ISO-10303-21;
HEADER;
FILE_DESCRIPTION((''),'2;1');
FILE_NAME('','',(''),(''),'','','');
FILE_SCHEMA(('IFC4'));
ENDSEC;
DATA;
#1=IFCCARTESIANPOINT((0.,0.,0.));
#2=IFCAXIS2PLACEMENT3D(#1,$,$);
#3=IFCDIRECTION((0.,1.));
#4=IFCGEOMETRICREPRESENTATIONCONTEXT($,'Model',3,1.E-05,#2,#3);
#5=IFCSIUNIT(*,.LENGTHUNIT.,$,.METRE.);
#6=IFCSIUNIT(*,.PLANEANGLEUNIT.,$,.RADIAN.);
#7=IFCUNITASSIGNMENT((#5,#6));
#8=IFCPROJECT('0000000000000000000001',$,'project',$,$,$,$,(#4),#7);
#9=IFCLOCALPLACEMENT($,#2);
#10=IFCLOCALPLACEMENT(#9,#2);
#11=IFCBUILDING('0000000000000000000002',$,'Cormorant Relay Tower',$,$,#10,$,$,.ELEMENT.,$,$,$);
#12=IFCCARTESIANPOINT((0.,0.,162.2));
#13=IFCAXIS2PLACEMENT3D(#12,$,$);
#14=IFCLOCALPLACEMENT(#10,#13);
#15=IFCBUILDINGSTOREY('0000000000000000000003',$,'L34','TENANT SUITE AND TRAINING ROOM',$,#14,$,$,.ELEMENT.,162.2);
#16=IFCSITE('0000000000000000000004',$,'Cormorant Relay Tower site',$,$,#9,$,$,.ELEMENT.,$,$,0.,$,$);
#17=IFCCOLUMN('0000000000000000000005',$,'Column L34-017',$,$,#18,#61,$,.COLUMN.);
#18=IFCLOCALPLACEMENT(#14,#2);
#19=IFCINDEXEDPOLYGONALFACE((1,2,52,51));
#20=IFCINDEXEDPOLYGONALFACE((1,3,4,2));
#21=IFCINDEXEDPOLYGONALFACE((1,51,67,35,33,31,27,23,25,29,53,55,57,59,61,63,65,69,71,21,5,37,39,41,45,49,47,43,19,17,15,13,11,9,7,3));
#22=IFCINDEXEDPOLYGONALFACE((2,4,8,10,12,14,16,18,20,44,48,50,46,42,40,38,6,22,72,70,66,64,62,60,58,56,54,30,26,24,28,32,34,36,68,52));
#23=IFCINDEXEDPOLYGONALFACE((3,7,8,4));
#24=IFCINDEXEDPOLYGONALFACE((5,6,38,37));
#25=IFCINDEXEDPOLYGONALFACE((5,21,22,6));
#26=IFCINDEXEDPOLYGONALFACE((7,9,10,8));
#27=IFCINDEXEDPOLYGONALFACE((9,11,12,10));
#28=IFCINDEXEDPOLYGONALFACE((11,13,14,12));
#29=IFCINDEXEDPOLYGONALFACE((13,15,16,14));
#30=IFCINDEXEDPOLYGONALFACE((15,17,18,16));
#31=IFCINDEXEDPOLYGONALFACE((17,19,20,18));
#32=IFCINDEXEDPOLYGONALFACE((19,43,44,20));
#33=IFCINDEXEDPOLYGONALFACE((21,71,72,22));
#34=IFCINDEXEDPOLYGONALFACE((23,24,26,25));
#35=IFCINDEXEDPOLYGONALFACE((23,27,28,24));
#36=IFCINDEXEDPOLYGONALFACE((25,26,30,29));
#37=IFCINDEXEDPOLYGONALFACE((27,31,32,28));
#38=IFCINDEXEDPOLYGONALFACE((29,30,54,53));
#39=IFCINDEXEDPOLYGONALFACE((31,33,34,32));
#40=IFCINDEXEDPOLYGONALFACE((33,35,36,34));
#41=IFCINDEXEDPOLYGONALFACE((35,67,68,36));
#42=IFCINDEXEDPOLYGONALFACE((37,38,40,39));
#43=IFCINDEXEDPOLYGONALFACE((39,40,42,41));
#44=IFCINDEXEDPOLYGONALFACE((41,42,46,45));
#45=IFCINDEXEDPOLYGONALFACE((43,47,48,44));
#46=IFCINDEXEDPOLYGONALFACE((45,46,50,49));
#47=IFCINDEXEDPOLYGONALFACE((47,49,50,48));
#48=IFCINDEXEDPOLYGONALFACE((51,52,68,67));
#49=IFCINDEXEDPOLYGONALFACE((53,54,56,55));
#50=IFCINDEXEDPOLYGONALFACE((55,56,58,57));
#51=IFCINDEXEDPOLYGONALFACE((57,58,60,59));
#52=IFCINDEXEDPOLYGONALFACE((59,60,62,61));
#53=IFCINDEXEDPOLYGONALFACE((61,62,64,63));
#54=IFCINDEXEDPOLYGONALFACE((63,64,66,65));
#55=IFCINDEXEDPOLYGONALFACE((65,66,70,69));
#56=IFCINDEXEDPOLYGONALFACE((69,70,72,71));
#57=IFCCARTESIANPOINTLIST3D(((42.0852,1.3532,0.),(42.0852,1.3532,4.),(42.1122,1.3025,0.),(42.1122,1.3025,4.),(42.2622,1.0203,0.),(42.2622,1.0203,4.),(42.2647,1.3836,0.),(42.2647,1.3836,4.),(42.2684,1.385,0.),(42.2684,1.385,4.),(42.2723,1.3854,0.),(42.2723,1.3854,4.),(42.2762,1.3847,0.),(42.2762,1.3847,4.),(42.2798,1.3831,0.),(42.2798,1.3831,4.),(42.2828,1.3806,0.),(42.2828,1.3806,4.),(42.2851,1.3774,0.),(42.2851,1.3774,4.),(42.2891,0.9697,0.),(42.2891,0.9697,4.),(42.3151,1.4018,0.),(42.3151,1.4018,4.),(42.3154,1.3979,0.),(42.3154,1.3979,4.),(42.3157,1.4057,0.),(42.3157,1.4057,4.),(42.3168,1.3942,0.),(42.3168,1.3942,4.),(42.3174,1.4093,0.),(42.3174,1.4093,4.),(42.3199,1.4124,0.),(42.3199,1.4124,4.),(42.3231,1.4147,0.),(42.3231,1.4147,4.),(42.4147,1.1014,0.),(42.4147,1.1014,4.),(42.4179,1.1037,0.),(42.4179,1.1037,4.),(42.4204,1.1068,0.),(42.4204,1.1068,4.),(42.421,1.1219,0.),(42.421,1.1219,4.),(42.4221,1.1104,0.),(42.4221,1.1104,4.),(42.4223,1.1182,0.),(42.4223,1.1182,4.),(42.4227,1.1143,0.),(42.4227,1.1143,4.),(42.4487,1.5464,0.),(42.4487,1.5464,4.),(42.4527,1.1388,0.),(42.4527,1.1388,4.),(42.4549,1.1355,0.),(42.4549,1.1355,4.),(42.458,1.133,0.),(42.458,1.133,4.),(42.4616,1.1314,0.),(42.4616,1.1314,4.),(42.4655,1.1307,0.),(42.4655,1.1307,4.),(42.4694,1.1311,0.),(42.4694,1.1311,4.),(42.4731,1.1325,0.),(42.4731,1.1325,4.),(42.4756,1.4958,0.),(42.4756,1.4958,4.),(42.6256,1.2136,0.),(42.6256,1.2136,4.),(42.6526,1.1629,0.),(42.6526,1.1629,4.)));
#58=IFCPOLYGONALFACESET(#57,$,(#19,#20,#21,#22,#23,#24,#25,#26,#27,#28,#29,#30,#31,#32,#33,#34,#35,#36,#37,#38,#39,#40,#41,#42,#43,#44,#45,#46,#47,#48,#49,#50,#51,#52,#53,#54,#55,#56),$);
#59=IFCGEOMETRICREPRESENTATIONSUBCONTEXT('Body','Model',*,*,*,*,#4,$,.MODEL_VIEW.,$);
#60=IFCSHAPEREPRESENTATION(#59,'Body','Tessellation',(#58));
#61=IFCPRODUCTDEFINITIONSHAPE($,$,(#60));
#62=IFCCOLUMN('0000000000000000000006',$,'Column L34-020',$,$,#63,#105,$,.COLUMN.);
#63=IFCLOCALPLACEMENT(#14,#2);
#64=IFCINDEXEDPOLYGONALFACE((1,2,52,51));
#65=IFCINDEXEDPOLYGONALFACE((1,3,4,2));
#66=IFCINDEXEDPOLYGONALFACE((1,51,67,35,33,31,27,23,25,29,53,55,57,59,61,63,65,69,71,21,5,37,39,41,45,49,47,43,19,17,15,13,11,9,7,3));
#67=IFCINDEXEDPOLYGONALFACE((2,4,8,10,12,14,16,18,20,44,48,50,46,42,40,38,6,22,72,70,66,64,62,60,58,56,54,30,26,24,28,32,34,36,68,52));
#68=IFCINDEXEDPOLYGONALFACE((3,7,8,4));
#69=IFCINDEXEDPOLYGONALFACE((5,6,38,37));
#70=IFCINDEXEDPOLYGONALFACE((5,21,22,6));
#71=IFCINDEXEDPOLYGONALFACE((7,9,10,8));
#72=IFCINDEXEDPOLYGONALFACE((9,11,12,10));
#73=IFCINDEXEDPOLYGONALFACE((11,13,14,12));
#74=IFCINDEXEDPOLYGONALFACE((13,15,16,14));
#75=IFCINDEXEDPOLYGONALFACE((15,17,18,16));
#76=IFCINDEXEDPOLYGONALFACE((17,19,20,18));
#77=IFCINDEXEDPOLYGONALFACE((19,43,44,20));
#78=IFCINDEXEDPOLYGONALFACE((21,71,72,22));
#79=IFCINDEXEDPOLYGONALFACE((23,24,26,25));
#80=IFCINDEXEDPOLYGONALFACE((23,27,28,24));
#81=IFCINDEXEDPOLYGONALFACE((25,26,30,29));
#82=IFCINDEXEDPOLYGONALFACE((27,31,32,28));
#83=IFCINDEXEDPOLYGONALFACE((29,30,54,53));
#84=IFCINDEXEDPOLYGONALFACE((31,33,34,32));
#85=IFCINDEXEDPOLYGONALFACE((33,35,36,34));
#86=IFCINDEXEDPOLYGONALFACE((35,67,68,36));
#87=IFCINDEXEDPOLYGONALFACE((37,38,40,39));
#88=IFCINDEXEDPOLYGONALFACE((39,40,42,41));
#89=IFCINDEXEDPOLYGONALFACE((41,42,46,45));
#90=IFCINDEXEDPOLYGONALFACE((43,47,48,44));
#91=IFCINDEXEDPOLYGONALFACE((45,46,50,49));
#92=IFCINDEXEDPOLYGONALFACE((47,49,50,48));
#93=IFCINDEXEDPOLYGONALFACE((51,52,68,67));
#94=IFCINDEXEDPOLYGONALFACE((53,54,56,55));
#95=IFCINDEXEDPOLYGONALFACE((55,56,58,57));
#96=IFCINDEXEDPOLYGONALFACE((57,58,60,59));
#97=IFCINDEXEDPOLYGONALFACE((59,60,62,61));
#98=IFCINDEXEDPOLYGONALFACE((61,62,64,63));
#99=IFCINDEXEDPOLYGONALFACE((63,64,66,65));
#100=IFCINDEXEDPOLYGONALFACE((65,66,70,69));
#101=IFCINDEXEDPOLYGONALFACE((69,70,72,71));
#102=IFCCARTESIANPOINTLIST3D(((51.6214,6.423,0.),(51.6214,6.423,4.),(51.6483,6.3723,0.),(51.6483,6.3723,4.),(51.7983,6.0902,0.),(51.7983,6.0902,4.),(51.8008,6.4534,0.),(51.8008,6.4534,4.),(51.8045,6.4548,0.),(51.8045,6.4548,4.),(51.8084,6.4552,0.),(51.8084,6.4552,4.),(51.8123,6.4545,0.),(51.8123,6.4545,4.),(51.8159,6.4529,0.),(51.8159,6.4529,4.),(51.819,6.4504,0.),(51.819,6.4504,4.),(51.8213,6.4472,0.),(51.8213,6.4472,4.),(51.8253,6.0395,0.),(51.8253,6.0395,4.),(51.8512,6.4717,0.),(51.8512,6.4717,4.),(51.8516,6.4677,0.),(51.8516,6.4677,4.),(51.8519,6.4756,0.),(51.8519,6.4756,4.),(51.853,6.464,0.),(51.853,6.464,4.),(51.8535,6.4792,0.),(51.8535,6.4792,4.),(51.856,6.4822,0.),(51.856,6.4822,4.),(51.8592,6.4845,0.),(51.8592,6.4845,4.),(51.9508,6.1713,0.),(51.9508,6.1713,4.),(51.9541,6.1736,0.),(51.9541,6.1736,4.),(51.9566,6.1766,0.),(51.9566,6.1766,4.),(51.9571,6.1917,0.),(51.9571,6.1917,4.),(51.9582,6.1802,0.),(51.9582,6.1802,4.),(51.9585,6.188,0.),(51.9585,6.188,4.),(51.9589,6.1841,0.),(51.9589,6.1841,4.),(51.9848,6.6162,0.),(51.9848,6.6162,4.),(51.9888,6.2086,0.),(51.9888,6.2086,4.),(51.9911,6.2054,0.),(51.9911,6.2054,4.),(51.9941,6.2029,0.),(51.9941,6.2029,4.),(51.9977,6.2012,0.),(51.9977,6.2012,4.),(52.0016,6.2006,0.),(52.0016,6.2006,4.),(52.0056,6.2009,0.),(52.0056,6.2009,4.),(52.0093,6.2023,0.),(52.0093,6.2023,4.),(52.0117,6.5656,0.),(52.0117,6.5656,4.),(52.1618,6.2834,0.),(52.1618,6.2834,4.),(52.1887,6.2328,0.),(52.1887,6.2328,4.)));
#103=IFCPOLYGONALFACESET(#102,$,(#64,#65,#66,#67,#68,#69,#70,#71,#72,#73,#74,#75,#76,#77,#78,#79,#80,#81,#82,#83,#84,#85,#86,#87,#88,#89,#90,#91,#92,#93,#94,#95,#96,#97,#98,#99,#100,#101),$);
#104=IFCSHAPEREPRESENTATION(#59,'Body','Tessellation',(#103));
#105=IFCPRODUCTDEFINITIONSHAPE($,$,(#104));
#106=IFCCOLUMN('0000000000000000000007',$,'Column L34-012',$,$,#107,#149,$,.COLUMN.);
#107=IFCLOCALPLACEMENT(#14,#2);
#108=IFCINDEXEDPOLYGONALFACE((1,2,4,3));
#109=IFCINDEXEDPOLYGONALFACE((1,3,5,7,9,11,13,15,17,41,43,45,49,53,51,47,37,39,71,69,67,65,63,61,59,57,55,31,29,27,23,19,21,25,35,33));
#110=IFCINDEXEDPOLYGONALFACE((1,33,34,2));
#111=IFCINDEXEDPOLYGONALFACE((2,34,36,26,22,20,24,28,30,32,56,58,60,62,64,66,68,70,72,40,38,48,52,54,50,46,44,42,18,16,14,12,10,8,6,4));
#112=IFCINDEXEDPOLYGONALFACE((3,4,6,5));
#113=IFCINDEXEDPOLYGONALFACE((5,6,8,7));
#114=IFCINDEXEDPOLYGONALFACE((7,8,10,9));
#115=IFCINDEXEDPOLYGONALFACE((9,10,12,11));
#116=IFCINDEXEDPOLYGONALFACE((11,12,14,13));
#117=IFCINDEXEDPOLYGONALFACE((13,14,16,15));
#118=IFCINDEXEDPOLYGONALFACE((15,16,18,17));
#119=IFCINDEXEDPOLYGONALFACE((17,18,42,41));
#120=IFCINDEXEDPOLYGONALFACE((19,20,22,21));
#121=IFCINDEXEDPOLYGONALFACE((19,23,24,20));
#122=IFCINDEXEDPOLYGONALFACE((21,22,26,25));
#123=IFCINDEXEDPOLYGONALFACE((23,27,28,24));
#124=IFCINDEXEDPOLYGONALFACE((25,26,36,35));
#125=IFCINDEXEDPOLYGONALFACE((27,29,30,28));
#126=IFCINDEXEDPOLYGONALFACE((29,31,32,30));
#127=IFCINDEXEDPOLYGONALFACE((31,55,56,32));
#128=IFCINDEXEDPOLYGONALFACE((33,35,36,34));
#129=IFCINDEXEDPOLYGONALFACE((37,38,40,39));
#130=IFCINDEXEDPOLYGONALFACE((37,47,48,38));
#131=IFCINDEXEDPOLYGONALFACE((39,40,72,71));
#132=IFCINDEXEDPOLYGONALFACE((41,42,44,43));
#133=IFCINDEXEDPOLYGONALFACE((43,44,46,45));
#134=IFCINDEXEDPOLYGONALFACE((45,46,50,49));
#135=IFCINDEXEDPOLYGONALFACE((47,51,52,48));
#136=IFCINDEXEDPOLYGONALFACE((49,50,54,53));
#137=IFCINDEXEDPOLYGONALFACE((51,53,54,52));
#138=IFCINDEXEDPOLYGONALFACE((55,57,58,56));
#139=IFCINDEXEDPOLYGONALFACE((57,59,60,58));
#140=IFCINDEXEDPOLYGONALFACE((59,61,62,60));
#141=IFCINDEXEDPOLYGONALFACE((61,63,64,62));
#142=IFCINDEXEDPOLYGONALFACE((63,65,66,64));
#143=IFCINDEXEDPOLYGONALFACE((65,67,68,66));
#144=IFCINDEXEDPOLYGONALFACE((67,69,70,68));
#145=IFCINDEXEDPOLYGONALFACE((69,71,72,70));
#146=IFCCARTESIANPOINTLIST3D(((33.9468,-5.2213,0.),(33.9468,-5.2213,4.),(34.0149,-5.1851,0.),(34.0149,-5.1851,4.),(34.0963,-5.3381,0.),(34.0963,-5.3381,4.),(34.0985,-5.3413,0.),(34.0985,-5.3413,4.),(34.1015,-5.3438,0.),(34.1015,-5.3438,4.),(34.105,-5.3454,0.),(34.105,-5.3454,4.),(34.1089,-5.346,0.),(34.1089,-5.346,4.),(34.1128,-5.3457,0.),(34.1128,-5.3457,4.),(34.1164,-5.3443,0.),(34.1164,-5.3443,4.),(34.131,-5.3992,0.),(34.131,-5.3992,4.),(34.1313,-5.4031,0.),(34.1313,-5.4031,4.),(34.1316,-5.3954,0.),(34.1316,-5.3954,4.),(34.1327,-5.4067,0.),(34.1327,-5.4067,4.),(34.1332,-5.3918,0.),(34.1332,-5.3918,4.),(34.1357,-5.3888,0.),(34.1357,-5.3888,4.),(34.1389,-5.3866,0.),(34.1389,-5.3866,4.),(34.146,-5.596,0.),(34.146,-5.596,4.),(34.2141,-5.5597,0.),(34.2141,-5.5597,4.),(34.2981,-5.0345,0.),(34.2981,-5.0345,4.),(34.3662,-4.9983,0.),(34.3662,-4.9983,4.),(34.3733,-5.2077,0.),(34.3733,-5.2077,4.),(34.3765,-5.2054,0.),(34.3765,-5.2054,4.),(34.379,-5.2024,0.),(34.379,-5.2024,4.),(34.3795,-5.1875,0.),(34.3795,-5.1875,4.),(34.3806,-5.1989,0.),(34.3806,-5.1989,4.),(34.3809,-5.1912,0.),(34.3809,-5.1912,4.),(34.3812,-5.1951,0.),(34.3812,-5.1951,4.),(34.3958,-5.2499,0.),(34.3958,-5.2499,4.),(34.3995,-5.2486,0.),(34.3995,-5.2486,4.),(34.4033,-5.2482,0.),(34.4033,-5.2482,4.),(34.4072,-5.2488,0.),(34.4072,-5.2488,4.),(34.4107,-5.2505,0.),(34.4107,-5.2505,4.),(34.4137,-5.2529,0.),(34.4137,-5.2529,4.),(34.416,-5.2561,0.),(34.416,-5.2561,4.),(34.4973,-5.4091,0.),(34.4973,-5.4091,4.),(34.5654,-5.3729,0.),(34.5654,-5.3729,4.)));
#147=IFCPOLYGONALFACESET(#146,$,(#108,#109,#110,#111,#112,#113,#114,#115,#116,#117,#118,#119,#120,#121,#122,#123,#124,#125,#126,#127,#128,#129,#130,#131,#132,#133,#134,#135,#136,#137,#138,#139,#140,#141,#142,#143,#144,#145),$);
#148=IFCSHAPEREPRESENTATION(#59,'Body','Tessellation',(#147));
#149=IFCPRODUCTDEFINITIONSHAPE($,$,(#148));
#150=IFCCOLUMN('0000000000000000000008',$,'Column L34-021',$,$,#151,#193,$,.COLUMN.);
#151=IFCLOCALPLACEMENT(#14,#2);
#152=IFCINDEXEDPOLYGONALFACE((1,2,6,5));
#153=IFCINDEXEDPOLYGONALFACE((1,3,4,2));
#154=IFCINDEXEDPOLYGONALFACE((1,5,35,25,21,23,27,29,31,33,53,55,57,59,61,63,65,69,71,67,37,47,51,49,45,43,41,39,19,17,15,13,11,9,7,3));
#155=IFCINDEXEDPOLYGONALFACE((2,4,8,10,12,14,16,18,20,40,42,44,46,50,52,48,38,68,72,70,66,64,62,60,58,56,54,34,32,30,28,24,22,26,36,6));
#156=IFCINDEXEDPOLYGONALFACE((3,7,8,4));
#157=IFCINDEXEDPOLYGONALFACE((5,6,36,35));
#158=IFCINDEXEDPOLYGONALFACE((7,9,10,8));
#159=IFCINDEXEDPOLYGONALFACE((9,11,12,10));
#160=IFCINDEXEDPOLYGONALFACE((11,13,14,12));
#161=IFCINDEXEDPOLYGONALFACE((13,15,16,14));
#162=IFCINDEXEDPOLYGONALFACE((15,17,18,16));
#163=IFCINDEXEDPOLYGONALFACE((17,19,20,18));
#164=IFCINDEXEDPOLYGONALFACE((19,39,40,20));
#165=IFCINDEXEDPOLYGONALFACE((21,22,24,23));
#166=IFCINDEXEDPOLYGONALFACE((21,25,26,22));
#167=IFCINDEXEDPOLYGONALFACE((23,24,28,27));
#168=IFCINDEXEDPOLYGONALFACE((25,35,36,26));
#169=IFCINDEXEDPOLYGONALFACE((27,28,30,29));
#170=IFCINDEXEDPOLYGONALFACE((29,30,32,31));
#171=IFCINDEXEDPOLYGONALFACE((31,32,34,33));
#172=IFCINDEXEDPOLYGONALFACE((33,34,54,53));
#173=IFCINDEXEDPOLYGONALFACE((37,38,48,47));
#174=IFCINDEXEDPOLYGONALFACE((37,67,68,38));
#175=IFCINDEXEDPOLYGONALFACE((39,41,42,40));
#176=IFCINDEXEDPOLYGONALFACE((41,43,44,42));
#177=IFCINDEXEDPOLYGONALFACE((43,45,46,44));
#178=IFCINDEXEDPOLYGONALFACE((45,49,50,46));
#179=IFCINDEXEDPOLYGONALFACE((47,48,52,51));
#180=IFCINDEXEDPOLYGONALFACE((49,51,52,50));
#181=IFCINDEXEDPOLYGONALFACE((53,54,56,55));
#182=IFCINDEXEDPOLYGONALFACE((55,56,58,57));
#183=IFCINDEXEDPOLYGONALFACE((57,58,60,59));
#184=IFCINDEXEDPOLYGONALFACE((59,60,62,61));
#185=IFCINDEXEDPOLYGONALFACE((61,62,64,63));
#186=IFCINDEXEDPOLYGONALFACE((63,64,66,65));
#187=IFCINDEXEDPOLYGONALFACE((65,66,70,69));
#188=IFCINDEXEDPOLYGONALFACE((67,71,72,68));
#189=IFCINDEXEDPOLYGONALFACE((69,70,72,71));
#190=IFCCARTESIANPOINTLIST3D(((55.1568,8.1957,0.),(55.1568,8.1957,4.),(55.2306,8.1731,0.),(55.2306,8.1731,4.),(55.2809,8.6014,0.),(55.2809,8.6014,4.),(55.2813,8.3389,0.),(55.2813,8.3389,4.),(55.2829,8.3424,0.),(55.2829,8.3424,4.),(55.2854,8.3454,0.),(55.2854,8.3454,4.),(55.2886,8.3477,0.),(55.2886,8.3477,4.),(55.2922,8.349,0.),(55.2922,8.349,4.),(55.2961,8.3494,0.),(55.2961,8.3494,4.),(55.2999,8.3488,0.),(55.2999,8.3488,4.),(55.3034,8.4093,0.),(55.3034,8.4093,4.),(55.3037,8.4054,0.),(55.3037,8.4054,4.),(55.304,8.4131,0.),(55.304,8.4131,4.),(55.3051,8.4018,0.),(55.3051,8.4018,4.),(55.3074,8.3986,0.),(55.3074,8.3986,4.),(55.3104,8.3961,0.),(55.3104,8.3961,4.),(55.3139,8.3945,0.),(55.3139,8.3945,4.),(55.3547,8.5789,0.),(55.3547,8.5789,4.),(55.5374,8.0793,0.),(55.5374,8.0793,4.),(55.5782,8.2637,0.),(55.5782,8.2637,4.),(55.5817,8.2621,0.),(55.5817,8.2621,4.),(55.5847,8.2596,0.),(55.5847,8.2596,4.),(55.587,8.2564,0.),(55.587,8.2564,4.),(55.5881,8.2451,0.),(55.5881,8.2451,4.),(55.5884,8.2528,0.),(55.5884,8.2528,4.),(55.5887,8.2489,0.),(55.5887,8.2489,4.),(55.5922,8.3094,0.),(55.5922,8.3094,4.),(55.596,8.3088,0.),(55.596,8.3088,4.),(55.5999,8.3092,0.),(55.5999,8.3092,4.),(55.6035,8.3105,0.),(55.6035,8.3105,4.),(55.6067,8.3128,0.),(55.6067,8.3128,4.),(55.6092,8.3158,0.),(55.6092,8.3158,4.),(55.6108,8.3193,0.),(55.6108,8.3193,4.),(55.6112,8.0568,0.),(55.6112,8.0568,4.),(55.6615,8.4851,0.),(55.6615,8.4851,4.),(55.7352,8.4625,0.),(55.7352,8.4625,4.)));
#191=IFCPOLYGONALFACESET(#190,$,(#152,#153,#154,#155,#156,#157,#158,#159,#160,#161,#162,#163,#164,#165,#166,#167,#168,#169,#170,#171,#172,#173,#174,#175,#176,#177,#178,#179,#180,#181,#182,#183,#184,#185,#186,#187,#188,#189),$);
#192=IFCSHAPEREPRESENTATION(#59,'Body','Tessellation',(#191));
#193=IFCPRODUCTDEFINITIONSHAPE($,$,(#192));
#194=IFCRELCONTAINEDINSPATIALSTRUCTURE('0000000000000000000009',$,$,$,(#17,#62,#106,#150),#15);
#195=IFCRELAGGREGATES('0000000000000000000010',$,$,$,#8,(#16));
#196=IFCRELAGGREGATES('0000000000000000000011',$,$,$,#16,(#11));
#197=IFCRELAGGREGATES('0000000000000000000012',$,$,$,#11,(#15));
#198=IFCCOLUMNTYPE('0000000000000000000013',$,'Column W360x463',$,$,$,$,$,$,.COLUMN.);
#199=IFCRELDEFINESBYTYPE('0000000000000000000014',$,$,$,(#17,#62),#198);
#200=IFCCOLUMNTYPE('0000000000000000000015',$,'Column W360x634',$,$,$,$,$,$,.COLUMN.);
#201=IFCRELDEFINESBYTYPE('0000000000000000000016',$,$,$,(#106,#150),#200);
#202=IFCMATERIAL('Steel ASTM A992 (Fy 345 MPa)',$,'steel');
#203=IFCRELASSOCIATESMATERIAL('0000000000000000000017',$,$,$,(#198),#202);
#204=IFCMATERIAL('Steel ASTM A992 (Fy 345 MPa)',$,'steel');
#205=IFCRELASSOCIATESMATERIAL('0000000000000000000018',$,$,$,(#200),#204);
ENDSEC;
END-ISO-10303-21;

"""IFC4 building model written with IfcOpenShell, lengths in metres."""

from ifc_helpers import new_model, si_unit, direction, frame, origin, origin_2d, place, context, subcontext, project, spatial, i_section, extrude, material, material_profile, profile_set, type_object, element, save


model = new_model("IFC4")

# Units and contexts
model_context = context("Model", 3, precision=1e-05, world=origin(), true_north=direction((0.0, 1.0)))
body_context = subcontext(model_context, "Body", "Model", "MODEL_VIEW")
ifc_project = project(units=[si_unit("LENGTHUNIT", "METRE"), si_unit("PLANEANGLEUNIT", "RADIAN")], contexts=[model_context])

# Site, building, storey
site_placement = place(None, origin())
site = spatial("IfcSite", under=ifc_project, at=site_placement, Name="Cormorant Relay Tower site", CompositionType="ELEMENT", RefElevation=0.0)
building_placement = place(site_placement, origin())
building = spatial("IfcBuilding", under=site, at=building_placement, Name="Cormorant Relay Tower", CompositionType="ELEMENT")
storey_placement = place(building_placement, frame((0.0, 0.0, 162.2)))
storey = spatial("IfcBuildingStorey", under=building, at=storey_placement, Name="L34", Description="TENANT SUITE AND TRAINING ROOM", CompositionType="ELEMENT", Elevation=162.2)

# Columns
ifc_material_1 = material(Name="Steel ASTM A992 (Fy 345 MPa)", Category="steel")
ifc_material_profile_1 = material_profile(ifc_material_1, i_section(OverallWidth=0.4116, OverallDepth=0.4343, WebThickness=0.0359, FlangeThickness=0.0574, FilletRadius=0.0151, at=origin_2d()), Name="W360x463")
ifc_profile_set_1 = profile_set([ifc_material_profile_1], Name="Steel ASTM A992 (Fy 345 MPa)")
column_type_1 = type_object("IfcColumnType", Name="Column W360x463", PredefinedType="COLUMN", material=ifc_profile_set_1)
for number, where, z_axis, x_axis, name in (
    (1, (42.3689, 1.2581, 0.0), (0.0, 0.0, 1.0), (0.882948, 0.469472, 0.0), "Column L34-017"),
    (2, (51.905, 6.3279, 0.0), (0.0, 0.0, 1.0), (0.882948, 0.469472, 0.0), "Column L34-020"),
):
    element("IfcColumn", number, at=place(storey_placement, frame(where, z_axis=z_axis, x_axis=x_axis)), inside=storey, type_object=column_type_1, Name=name, PredefinedType="COLUMN", context=body_context, shape_type="SweptSolid", body=[
        extrude(i_section(OverallWidth=0.4116, OverallDepth=0.4343, WebThickness=0.0359, FlangeThickness=0.0574, FilletRadius=0.0151, at=origin_2d()), origin(), (0.0, 0.0, 1.0), 4.0),
    ])
ifc_material_2 = material(Name="Steel ASTM A992 (Fy 345 MPa)", Category="steel")
ifc_material_profile_2 = material_profile(ifc_material_2, i_section(OverallWidth=0.4243, OverallDepth=0.4751, WebThickness=0.0479, FlangeThickness=0.0771, FilletRadius=0.0149, at=origin_2d()), Name="W360x634")
ifc_profile_set_2 = profile_set([ifc_material_profile_2], Name="Steel ASTM A992 (Fy 345 MPa)")
column_type_2 = type_object("IfcColumnType", Name="Column W360x634", PredefinedType="COLUMN", material=ifc_profile_set_2)
for number, where, z_axis, x_axis, name in (
    (3, (34.2561, -5.2971, 0.0), (0.0, 0.0, 1.0), (-0.469472, 0.882948, 0.0), "Column L34-012"),
    (4, (55.446, 8.3291, 0.0), (0.0, 0.0, 1.0), (0.292372, 0.956305, 0.0), "Column L34-021"),
):
    element("IfcColumn", number, at=place(storey_placement, frame(where, z_axis=z_axis, x_axis=x_axis)), inside=storey, type_object=column_type_2, Name=name, PredefinedType="COLUMN", context=body_context, shape_type="SweptSolid", body=[
        extrude(i_section(OverallWidth=0.4243, OverallDepth=0.4751, WebThickness=0.0479, FlangeThickness=0.0771, FilletRadius=0.0149, at=origin_2d()), origin(), (0.0, 0.0, 1.0), 4.0),
    ])

save(model, "model.ifc")
